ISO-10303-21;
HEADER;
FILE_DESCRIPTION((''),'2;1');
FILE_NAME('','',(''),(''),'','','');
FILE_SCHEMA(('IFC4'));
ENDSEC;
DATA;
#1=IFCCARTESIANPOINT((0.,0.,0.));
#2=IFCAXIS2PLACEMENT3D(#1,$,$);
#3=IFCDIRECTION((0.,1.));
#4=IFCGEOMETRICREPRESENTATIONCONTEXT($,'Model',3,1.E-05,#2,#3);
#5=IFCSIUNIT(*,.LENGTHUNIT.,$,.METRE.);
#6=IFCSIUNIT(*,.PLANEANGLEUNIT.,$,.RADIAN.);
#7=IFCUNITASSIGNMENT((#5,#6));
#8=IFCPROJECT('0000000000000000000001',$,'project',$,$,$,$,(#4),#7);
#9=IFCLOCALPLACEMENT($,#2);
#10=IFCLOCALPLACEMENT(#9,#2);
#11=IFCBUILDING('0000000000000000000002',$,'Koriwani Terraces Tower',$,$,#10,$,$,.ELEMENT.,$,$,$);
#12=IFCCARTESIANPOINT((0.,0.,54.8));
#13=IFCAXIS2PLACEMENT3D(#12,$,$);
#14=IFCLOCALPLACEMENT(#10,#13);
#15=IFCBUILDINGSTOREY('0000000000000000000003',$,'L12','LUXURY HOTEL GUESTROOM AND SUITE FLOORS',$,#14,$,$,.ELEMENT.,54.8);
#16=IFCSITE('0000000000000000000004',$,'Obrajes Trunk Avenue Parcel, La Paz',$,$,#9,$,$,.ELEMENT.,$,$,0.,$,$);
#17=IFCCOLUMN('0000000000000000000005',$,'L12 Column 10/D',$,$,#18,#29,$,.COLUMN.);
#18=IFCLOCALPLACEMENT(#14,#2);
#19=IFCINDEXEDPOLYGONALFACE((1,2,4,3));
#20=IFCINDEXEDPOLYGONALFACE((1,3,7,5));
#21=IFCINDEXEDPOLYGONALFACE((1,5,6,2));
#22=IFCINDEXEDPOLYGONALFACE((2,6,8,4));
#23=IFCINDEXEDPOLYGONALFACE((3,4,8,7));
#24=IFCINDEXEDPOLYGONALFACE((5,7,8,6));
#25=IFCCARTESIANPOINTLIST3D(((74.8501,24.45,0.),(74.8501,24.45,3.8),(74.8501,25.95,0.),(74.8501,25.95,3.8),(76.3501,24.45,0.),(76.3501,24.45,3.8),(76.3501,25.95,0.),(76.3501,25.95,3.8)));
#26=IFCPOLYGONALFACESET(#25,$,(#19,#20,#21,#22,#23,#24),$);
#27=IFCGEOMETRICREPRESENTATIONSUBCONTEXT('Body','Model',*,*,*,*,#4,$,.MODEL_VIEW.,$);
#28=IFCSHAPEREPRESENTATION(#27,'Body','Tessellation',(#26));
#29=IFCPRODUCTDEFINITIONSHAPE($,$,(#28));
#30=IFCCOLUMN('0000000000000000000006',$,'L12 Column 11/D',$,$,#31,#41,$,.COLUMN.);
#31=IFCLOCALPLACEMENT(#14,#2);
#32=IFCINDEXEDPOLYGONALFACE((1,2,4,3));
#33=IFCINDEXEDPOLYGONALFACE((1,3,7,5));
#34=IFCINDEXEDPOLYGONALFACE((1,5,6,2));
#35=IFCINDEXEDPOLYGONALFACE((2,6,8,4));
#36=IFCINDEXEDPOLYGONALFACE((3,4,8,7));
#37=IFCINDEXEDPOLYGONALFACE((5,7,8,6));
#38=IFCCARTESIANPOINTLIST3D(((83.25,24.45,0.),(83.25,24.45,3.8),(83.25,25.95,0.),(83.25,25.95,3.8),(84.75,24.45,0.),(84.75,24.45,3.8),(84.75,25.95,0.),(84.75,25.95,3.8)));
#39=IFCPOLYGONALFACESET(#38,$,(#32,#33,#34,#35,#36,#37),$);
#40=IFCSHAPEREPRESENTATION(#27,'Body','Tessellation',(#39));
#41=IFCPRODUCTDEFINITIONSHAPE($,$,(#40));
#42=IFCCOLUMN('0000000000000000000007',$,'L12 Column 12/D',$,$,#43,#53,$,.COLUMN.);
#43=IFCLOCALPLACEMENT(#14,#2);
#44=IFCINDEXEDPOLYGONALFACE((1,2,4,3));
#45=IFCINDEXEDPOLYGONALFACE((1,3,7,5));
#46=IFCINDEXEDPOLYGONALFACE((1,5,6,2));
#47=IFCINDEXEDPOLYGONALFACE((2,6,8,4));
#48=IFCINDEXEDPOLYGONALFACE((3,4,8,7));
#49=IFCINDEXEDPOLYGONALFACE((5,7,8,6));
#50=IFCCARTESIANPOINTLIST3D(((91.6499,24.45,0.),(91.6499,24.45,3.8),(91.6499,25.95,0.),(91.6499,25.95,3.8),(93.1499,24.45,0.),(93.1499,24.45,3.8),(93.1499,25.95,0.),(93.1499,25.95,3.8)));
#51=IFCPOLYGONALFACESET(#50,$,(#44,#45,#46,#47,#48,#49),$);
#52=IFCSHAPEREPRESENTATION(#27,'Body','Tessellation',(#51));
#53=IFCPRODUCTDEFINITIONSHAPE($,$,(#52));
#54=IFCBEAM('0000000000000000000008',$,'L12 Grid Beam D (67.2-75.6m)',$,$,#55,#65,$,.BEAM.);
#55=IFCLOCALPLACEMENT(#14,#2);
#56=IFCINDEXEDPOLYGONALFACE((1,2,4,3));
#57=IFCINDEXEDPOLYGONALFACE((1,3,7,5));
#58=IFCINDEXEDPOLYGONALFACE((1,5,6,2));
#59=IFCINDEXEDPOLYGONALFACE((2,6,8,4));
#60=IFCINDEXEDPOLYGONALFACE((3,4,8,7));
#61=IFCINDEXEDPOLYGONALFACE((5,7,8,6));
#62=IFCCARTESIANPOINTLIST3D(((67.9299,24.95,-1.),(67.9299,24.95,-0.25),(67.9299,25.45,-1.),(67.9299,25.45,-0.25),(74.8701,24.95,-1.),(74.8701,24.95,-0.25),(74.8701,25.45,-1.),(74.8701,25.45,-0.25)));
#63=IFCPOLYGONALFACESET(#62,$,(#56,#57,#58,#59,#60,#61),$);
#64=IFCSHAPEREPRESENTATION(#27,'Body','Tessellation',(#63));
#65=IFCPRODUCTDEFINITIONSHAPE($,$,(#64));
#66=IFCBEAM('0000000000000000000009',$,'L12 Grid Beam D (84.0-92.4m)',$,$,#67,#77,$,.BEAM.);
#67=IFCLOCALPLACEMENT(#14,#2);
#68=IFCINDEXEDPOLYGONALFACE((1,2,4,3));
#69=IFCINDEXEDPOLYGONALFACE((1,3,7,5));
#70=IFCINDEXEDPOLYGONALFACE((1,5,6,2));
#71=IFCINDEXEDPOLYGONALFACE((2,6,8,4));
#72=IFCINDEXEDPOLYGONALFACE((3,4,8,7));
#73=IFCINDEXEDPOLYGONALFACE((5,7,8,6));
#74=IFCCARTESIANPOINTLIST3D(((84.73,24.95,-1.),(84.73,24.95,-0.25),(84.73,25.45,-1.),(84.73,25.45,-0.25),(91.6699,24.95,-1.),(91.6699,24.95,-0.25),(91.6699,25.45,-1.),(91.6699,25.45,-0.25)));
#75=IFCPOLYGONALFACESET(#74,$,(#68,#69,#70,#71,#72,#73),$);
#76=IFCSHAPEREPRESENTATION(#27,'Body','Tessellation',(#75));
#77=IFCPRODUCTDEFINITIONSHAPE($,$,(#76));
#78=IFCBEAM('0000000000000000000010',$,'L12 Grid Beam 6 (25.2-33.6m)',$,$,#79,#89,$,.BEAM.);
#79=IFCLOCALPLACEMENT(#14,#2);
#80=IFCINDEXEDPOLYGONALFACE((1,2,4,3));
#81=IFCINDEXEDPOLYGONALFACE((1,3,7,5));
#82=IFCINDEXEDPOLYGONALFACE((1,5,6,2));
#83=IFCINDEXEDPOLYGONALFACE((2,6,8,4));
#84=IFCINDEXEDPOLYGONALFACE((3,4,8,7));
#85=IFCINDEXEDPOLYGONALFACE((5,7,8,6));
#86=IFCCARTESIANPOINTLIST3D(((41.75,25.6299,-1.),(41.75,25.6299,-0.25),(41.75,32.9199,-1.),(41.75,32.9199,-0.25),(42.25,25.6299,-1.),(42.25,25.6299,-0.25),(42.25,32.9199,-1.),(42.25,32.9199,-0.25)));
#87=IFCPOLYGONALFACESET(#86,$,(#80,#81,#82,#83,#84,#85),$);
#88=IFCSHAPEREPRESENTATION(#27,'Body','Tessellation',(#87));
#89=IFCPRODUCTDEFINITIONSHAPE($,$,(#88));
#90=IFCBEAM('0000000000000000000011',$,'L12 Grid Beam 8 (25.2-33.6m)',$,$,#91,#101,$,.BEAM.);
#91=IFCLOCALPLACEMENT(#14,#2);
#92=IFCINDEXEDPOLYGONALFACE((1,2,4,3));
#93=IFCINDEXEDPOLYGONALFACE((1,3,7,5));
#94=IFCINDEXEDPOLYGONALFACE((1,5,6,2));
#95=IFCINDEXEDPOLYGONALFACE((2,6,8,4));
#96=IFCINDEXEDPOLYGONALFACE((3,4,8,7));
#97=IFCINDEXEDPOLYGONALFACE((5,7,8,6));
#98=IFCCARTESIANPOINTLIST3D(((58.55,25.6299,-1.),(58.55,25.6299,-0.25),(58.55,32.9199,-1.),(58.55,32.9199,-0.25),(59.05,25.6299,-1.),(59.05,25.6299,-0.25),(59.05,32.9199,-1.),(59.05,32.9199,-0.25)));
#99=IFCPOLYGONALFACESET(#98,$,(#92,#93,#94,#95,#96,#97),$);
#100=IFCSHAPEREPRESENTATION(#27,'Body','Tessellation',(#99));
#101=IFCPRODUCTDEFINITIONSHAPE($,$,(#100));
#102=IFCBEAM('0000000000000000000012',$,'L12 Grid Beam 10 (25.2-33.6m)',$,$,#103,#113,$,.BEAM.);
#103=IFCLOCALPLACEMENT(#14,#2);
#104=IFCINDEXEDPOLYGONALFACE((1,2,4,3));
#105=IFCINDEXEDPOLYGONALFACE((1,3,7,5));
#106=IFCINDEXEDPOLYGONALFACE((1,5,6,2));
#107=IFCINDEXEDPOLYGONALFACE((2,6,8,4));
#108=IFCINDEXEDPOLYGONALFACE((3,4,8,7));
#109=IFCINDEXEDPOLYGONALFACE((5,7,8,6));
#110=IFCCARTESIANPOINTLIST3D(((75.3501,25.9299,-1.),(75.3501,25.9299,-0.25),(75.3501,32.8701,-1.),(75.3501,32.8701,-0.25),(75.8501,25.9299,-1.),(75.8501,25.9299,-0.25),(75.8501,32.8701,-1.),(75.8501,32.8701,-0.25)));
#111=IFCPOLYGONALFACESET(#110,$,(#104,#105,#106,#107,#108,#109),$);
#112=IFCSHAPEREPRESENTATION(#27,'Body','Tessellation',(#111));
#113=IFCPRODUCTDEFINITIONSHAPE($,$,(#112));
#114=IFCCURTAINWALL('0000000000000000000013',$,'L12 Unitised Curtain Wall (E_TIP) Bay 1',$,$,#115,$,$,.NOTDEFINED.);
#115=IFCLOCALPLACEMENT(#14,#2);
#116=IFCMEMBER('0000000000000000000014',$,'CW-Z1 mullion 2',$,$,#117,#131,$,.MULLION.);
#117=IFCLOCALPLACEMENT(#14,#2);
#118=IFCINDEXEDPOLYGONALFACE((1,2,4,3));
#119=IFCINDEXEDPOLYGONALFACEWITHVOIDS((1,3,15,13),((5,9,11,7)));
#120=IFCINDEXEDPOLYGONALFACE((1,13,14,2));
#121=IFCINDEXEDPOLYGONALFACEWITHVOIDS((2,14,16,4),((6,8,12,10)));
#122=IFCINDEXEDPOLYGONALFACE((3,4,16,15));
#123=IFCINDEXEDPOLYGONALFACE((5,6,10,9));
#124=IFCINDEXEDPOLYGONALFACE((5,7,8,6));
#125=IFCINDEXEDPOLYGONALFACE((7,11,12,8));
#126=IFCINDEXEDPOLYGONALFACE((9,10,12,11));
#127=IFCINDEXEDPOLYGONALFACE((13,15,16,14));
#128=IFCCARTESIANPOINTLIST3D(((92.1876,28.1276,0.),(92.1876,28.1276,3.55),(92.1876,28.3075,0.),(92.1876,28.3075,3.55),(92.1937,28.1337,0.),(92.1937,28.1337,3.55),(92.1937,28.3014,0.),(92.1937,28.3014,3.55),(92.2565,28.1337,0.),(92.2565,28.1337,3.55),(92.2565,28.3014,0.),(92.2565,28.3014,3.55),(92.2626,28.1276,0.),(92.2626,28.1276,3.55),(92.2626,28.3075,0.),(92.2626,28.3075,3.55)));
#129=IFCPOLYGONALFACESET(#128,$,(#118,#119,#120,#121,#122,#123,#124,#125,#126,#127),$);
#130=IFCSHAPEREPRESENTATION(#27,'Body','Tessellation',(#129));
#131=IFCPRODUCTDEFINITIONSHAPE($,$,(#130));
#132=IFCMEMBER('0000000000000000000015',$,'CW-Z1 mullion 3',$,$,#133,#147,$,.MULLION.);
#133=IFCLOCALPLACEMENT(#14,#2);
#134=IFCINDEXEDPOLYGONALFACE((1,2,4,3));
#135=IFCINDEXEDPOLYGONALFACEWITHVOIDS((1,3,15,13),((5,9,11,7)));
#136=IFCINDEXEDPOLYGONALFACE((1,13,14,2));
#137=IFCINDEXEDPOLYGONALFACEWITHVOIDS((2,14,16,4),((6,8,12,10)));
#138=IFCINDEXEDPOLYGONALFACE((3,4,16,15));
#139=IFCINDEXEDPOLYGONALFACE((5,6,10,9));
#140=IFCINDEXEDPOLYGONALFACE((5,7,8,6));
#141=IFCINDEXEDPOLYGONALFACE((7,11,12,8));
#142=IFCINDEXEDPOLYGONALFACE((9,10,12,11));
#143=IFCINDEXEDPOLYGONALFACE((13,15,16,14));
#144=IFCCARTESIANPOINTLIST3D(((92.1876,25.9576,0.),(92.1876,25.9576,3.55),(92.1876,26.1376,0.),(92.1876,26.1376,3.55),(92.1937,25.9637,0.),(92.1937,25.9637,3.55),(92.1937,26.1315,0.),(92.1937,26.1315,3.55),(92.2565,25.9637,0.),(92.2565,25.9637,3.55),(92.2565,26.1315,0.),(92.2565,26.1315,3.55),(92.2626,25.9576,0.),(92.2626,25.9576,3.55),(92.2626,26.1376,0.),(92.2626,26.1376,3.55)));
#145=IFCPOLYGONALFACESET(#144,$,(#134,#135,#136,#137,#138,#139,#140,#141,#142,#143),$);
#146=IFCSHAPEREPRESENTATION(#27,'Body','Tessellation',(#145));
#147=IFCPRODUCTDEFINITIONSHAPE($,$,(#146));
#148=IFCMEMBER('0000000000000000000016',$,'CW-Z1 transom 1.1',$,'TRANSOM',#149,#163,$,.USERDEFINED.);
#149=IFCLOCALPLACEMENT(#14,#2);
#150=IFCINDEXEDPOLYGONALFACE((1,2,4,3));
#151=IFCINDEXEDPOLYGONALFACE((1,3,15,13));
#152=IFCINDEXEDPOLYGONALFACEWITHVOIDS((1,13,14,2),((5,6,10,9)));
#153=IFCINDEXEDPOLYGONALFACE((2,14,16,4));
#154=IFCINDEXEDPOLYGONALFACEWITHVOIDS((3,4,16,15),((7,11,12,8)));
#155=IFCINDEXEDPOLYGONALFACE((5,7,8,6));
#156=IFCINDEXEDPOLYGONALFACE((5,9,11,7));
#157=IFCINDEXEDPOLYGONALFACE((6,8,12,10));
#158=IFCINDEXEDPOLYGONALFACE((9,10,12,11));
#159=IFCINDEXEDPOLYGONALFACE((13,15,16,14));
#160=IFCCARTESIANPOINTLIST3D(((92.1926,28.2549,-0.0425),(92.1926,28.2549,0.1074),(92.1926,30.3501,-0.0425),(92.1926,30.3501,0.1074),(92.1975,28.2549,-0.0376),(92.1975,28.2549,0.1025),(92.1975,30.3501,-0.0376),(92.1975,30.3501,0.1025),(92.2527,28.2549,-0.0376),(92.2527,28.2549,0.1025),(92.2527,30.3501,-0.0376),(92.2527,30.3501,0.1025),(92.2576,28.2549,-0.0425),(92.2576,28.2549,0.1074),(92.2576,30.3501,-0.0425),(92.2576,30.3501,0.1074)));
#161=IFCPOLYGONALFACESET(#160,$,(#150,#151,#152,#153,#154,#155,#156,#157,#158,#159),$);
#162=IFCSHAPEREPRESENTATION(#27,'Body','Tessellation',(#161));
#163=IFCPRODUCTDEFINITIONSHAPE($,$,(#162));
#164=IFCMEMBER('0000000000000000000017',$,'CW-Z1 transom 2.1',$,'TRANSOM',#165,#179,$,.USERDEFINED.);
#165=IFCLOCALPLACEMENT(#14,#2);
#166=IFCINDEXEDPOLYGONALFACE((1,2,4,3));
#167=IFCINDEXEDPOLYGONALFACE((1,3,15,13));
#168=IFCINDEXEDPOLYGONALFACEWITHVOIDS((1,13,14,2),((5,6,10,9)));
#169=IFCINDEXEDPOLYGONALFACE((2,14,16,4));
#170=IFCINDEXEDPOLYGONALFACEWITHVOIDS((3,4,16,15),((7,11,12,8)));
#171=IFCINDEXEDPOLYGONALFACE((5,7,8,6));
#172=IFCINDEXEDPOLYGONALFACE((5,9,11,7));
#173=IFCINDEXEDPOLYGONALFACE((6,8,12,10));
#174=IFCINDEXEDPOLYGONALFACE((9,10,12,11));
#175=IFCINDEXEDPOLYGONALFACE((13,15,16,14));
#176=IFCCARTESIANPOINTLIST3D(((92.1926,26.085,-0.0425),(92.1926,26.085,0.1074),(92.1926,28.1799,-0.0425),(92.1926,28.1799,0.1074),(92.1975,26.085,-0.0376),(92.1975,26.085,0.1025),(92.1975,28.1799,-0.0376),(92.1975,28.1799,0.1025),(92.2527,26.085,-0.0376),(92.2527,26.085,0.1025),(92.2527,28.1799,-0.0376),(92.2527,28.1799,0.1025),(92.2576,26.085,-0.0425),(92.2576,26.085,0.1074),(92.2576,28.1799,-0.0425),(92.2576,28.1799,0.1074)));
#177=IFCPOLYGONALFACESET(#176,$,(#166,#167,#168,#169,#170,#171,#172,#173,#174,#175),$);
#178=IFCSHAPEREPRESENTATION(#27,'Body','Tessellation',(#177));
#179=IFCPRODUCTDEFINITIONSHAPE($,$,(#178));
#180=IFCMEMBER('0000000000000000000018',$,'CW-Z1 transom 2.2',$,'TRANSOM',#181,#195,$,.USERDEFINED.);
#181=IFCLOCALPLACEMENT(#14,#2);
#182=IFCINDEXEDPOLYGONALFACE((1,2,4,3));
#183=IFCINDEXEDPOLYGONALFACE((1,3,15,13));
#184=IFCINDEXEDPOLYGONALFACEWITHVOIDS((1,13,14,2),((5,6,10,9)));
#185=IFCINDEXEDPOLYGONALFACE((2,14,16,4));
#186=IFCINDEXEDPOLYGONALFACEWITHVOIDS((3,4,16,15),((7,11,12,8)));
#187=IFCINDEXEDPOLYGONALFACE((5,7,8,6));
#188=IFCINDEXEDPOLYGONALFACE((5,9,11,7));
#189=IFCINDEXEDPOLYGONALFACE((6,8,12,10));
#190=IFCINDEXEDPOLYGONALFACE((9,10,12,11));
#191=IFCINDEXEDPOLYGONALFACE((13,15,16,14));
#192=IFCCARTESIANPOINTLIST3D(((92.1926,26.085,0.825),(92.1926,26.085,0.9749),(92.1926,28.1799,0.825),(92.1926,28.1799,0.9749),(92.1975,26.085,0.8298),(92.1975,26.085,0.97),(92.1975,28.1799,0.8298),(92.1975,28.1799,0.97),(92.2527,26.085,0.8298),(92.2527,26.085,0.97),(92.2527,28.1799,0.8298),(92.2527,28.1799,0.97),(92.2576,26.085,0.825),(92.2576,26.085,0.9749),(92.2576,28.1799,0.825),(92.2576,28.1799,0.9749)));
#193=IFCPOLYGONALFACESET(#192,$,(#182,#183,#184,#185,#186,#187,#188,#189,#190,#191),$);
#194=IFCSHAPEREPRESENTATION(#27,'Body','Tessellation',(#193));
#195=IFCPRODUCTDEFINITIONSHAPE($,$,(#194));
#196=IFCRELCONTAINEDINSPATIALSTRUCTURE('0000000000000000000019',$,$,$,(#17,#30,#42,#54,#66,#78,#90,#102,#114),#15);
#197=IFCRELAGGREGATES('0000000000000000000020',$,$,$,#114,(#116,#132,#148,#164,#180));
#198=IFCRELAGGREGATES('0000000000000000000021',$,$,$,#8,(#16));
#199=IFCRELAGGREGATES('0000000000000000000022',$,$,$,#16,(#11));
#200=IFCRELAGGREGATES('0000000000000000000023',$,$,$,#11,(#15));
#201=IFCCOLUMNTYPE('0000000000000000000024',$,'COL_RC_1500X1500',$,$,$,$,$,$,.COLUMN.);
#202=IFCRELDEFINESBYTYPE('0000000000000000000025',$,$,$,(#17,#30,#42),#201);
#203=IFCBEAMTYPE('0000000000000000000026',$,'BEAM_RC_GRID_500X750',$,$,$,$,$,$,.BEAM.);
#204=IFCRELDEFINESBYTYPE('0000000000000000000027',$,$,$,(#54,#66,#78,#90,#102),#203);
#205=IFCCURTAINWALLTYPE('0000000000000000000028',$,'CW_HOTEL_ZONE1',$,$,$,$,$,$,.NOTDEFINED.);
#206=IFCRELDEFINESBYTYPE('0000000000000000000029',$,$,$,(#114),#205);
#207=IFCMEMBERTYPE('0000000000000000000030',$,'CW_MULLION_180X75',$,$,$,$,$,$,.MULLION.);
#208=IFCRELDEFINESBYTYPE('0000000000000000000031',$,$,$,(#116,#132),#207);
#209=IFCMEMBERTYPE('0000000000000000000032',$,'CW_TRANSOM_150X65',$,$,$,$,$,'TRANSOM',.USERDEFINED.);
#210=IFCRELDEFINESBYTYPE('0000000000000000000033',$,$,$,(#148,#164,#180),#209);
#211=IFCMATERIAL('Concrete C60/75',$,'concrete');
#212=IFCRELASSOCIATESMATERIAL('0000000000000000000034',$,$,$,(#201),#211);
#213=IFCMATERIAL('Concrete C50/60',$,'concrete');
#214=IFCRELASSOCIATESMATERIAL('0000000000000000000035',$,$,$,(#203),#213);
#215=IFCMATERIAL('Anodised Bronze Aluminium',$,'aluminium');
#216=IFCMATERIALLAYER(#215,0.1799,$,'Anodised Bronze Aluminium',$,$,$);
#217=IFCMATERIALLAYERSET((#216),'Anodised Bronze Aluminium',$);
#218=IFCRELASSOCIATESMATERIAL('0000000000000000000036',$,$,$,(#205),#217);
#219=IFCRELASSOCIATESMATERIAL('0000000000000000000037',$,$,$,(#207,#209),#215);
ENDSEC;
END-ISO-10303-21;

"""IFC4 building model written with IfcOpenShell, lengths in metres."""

from ifc_helpers import new_model, si_unit, direction, frame, origin, origin_2d, place, context, subcontext, project, spatial, rectangle, hollow_rectangle, extrude, material, layer, layer_set, material_profile, profile_set, type_object, element, aggregate, save


model = new_model("IFC4")

# Units and contexts
model_context = context("Model", 3, precision=1e-05, world=origin(), true_north=direction((0.0, 1.0)))
body_context = subcontext(model_context, "Body", "Model", "MODEL_VIEW")
ifc_project = project(units=[si_unit("LENGTHUNIT", "METRE"), si_unit("PLANEANGLEUNIT", "RADIAN")], contexts=[model_context])

# Site, building, storey
site_placement = place(None, origin())
site = spatial("IfcSite", under=ifc_project, at=site_placement, Name="Obrajes Trunk Avenue Parcel, La Paz", CompositionType="ELEMENT", RefElevation=0.0)
building_placement = place(site_placement, origin())
building = spatial("IfcBuilding", under=site, at=building_placement, Name="Koriwani Terraces Tower", CompositionType="ELEMENT")
storey_placement = place(building_placement, frame((0.0, 0.0, 54.8)))
storey = spatial("IfcBuildingStorey", under=building, at=storey_placement, Name="L12", Description="LUXURY HOTEL GUESTROOM AND SUITE FLOORS", CompositionType="ELEMENT", Elevation=54.8)

# Columns
ifc_material_1 = material(Name="Concrete C60/75", Category="concrete")
ifc_material_profile_1 = material_profile(ifc_material_1, rectangle(XDim=1.5, YDim=1.5, at=origin_2d()), Name="Concrete C60/75", Category="LoadBearing")
ifc_profile_set_1 = profile_set([ifc_material_profile_1], Name="Concrete C60/75")
column_type = type_object("IfcColumnType", Name="COL_RC_1500X1500", PredefinedType="COLUMN", material=ifc_profile_set_1)
for number, where, z_axis, x_axis, name in (
    (1, (75.6001, 25.2, 0.0), (0.0, 0.0, 1.0), (1.0, 0.0, 0.0), "L12 Column 10/D"),
    (2, (84.0, 25.2, 0.0), (0.0, 0.0, 1.0), (1.0, 0.0, 0.0), "L12 Column 11/D"),
    (3, (92.3999, 25.2, 0.0), (0.0, 0.0, 1.0), (1.0, 0.0, 0.0), "L12 Column 12/D"),
):
    element("IfcColumn", number, at=place(storey_placement, frame(where, z_axis=z_axis, x_axis=x_axis)), inside=storey, type_object=column_type, Name=name, PredefinedType="COLUMN", context=body_context, shape_type="SweptSolid", body=[
        extrude(rectangle(XDim=1.5, YDim=1.5, at=origin_2d()), origin(), (0.0, 0.0, 1.0), 3.8),
    ])

# Beams
ifc_material_2 = material(Name="Concrete C50/60", Category="concrete")
ifc_material_profile_2 = material_profile(ifc_material_2, rectangle(XDim=0.5, YDim=0.75, at=origin_2d()), Name="Concrete C50/60", Category="LoadBearing")
ifc_profile_set_2 = profile_set([ifc_material_profile_2], Name="Concrete C50/60")
beam_type_1 = type_object("IfcBeamType", Name="BEAM_RC_GRID_500X750", PredefinedType="BEAM", material=ifc_profile_set_2)
beam_1_placement = place(storey_placement, frame((67.9299, 25.2, -0.625), z_axis=(1.0, 0.0, 0.0), x_axis=(0.0, 1.0, 0.0)))
element("IfcBeam", 4, at=beam_1_placement, inside=storey, type_object=beam_type_1, Name="L12 Grid Beam D (67.2-75.6m)", PredefinedType="BEAM", context=body_context, shape_type="SweptSolid", body=[
    extrude(rectangle(XDim=0.5, YDim=0.75, at=origin_2d()), origin(), (0.0, 0.0, 1.0), 6.9402),
])
beam_2_placement = place(storey_placement, frame((84.73, 25.2, -0.625), z_axis=(1.0, 0.0, 0.0), x_axis=(0.0, 1.0, 0.0)))
element("IfcBeam", 5, at=beam_2_placement, inside=storey, type_object=beam_type_1, Name="L12 Grid Beam D (84.0-92.4m)", PredefinedType="BEAM", context=body_context, shape_type="SweptSolid", body=[
    extrude(rectangle(XDim=0.5, YDim=0.75, at=origin_2d()), origin(), (0.0, 0.0, 1.0), 6.9399),
])
for number, where, z_axis, x_axis, name in (
    (6, (42.0, 25.6299, -0.625), (0.0, 1.0, 0.0), (-1.0, 0.0, 0.0), "L12 Grid Beam 6 (25.2-33.6m)"),
    (7, (58.8, 25.6299, -0.625), (0.0, 1.0, 0.0), (-1.0, 0.0, 0.0), "L12 Grid Beam 8 (25.2-33.6m)"),
):
    element("IfcBeam", number, at=place(storey_placement, frame(where, z_axis=z_axis, x_axis=x_axis)), inside=storey, type_object=beam_type_1, Name=name, PredefinedType="BEAM", context=body_context, shape_type="SweptSolid", body=[
        extrude(rectangle(XDim=0.5, YDim=0.75, at=origin_2d()), origin(), (0.0, 0.0, 1.0), 7.29),
    ])
beam_3_placement = place(storey_placement, frame((75.6001, 25.9299, -0.625), z_axis=(0.0, 1.0, 0.0), x_axis=(-1.0, 0.0, 0.0)))
element("IfcBeam", 8, at=beam_3_placement, inside=storey, type_object=beam_type_1, Name="L12 Grid Beam 10 (25.2-33.6m)", PredefinedType="BEAM", context=body_context, shape_type="SweptSolid", body=[
    extrude(rectangle(XDim=0.5, YDim=0.75, at=origin_2d()), origin(), (0.0, 0.0, 1.0), 6.9402),
])

# Curtain wall, members
ifc_material_3 = material(Name="Anodised Bronze Aluminium", Category="aluminium")
ifc_layer_1 = layer(ifc_material_3, 0.1799, Name="Anodised Bronze Aluminium")
ifc_layer_set_1 = layer_set([ifc_layer_1], Name="Anodised Bronze Aluminium")
curtain_wall_type = type_object("IfcCurtainWallType", Name="CW_HOTEL_ZONE1", PredefinedType="NOTDEFINED", material=ifc_layer_set_1)
curtain_wall_placement = place(storey_placement, origin())
curtain_wall = element("IfcCurtainWall", 9, at=curtain_wall_placement, inside=storey, type_object=curtain_wall_type, Name="L12 Unitised Curtain Wall (E_TIP) Bay 1", PredefinedType="NOTDEFINED")
ifc_material_profile_3 = material_profile(ifc_material_3, hollow_rectangle(XDim=0.075, YDim=0.1799, WallThickness=0.0061, at=origin_2d()), Name="Anodised Bronze Aluminium", Category="LoadBearing")
ifc_profile_set_3 = profile_set([ifc_material_profile_3], Name="Anodised Bronze Aluminium")
member_type_1 = type_object("IfcMemberType", Name="CW_MULLION_180X75", PredefinedType="MULLION", material=ifc_profile_set_3)
member_1_placement = place(storey_placement, frame((92.2251, 28.2175, 0.0), z_axis=(0.0, 0.0, 1.0), x_axis=(1.0, 0.0, 0.0)))
member_1 = element("IfcMember", 10, at=member_1_placement, type_object=member_type_1, Name="CW-Z1 mullion 2", PredefinedType="MULLION", context=body_context, shape_type="SweptSolid", body=[
    extrude(hollow_rectangle(XDim=0.075, YDim=0.1799, WallThickness=0.0061, at=origin_2d()), origin(), (0.0, 0.0, 1.0), 3.55),
])
member_2_placement = place(storey_placement, frame((92.2251, 26.0476, 0.0), z_axis=(0.0, 0.0, 1.0), x_axis=(1.0, 0.0, 0.0)))
member_2 = element("IfcMember", 11, at=member_2_placement, type_object=member_type_1, Name="CW-Z1 mullion 3", PredefinedType="MULLION", context=body_context, shape_type="SweptSolid", body=[
    extrude(hollow_rectangle(XDim=0.075, YDim=0.1799, WallThickness=0.0061, at=origin_2d()), origin(), (0.0, 0.0, 1.0), 3.55),
])
ifc_material_profile_4 = material_profile(ifc_material_3, hollow_rectangle(XDim=0.0649, YDim=0.1499, WallThickness=0.0049, at=origin_2d()), Name="Anodised Bronze Aluminium", Category="LoadBearing")
ifc_profile_set_4 = profile_set([ifc_material_profile_4], Name="Anodised Bronze Aluminium")
member_type_2 = type_object("IfcMemberType", Name="CW_TRANSOM_150X65", ElementType="TRANSOM", PredefinedType="USERDEFINED", material=ifc_profile_set_4)
member_3_placement = place(storey_placement, frame((92.2251, 30.3501, 0.0325), z_axis=(0.0, -1.0, 0.0), x_axis=(1.0, 0.0, 0.0)))
member_3 = element("IfcMember", 12, at=member_3_placement, type_object=member_type_2, Name="CW-Z1 transom 1.1", ObjectType="TRANSOM", PredefinedType="USERDEFINED", context=body_context, shape_type="SweptSolid", body=[
    extrude(hollow_rectangle(XDim=0.0649, YDim=0.1499, WallThickness=0.0049, at=origin_2d()), origin(), (0.0, 0.0, 1.0), 2.0952),
])
member_4_placement = place(storey_placement, frame((92.2251, 28.1799, 0.0325), z_axis=(0.0, -1.0, 0.0), x_axis=(1.0, 0.0, 0.0)))
member_4 = element("IfcMember", 13, at=member_4_placement, type_object=member_type_2, Name="CW-Z1 transom 2.1", ObjectType="TRANSOM", PredefinedType="USERDEFINED", context=body_context, shape_type="SweptSolid", body=[
    extrude(hollow_rectangle(XDim=0.0649, YDim=0.1499, WallThickness=0.0049, at=origin_2d()), origin(), (0.0, 0.0, 1.0), 2.095),
])
member_5_placement = place(storey_placement, frame((92.2251, 28.1799, 0.8999), z_axis=(0.0, -1.0, 0.0), x_axis=(1.0, 0.0, 0.0)))
member_5 = element("IfcMember", 14, at=member_5_placement, type_object=member_type_2, Name="CW-Z1 transom 2.2", ObjectType="TRANSOM", PredefinedType="USERDEFINED", context=body_context, shape_type="SweptSolid", body=[
    extrude(hollow_rectangle(XDim=0.0649, YDim=0.1499, WallThickness=0.0049, at=origin_2d()), origin(), (0.0, 0.0, 1.0), 2.095),
])

aggregate(curtain_wall, [member_1, member_2, member_3, member_4, member_5])

save(model, "model.ifc")
